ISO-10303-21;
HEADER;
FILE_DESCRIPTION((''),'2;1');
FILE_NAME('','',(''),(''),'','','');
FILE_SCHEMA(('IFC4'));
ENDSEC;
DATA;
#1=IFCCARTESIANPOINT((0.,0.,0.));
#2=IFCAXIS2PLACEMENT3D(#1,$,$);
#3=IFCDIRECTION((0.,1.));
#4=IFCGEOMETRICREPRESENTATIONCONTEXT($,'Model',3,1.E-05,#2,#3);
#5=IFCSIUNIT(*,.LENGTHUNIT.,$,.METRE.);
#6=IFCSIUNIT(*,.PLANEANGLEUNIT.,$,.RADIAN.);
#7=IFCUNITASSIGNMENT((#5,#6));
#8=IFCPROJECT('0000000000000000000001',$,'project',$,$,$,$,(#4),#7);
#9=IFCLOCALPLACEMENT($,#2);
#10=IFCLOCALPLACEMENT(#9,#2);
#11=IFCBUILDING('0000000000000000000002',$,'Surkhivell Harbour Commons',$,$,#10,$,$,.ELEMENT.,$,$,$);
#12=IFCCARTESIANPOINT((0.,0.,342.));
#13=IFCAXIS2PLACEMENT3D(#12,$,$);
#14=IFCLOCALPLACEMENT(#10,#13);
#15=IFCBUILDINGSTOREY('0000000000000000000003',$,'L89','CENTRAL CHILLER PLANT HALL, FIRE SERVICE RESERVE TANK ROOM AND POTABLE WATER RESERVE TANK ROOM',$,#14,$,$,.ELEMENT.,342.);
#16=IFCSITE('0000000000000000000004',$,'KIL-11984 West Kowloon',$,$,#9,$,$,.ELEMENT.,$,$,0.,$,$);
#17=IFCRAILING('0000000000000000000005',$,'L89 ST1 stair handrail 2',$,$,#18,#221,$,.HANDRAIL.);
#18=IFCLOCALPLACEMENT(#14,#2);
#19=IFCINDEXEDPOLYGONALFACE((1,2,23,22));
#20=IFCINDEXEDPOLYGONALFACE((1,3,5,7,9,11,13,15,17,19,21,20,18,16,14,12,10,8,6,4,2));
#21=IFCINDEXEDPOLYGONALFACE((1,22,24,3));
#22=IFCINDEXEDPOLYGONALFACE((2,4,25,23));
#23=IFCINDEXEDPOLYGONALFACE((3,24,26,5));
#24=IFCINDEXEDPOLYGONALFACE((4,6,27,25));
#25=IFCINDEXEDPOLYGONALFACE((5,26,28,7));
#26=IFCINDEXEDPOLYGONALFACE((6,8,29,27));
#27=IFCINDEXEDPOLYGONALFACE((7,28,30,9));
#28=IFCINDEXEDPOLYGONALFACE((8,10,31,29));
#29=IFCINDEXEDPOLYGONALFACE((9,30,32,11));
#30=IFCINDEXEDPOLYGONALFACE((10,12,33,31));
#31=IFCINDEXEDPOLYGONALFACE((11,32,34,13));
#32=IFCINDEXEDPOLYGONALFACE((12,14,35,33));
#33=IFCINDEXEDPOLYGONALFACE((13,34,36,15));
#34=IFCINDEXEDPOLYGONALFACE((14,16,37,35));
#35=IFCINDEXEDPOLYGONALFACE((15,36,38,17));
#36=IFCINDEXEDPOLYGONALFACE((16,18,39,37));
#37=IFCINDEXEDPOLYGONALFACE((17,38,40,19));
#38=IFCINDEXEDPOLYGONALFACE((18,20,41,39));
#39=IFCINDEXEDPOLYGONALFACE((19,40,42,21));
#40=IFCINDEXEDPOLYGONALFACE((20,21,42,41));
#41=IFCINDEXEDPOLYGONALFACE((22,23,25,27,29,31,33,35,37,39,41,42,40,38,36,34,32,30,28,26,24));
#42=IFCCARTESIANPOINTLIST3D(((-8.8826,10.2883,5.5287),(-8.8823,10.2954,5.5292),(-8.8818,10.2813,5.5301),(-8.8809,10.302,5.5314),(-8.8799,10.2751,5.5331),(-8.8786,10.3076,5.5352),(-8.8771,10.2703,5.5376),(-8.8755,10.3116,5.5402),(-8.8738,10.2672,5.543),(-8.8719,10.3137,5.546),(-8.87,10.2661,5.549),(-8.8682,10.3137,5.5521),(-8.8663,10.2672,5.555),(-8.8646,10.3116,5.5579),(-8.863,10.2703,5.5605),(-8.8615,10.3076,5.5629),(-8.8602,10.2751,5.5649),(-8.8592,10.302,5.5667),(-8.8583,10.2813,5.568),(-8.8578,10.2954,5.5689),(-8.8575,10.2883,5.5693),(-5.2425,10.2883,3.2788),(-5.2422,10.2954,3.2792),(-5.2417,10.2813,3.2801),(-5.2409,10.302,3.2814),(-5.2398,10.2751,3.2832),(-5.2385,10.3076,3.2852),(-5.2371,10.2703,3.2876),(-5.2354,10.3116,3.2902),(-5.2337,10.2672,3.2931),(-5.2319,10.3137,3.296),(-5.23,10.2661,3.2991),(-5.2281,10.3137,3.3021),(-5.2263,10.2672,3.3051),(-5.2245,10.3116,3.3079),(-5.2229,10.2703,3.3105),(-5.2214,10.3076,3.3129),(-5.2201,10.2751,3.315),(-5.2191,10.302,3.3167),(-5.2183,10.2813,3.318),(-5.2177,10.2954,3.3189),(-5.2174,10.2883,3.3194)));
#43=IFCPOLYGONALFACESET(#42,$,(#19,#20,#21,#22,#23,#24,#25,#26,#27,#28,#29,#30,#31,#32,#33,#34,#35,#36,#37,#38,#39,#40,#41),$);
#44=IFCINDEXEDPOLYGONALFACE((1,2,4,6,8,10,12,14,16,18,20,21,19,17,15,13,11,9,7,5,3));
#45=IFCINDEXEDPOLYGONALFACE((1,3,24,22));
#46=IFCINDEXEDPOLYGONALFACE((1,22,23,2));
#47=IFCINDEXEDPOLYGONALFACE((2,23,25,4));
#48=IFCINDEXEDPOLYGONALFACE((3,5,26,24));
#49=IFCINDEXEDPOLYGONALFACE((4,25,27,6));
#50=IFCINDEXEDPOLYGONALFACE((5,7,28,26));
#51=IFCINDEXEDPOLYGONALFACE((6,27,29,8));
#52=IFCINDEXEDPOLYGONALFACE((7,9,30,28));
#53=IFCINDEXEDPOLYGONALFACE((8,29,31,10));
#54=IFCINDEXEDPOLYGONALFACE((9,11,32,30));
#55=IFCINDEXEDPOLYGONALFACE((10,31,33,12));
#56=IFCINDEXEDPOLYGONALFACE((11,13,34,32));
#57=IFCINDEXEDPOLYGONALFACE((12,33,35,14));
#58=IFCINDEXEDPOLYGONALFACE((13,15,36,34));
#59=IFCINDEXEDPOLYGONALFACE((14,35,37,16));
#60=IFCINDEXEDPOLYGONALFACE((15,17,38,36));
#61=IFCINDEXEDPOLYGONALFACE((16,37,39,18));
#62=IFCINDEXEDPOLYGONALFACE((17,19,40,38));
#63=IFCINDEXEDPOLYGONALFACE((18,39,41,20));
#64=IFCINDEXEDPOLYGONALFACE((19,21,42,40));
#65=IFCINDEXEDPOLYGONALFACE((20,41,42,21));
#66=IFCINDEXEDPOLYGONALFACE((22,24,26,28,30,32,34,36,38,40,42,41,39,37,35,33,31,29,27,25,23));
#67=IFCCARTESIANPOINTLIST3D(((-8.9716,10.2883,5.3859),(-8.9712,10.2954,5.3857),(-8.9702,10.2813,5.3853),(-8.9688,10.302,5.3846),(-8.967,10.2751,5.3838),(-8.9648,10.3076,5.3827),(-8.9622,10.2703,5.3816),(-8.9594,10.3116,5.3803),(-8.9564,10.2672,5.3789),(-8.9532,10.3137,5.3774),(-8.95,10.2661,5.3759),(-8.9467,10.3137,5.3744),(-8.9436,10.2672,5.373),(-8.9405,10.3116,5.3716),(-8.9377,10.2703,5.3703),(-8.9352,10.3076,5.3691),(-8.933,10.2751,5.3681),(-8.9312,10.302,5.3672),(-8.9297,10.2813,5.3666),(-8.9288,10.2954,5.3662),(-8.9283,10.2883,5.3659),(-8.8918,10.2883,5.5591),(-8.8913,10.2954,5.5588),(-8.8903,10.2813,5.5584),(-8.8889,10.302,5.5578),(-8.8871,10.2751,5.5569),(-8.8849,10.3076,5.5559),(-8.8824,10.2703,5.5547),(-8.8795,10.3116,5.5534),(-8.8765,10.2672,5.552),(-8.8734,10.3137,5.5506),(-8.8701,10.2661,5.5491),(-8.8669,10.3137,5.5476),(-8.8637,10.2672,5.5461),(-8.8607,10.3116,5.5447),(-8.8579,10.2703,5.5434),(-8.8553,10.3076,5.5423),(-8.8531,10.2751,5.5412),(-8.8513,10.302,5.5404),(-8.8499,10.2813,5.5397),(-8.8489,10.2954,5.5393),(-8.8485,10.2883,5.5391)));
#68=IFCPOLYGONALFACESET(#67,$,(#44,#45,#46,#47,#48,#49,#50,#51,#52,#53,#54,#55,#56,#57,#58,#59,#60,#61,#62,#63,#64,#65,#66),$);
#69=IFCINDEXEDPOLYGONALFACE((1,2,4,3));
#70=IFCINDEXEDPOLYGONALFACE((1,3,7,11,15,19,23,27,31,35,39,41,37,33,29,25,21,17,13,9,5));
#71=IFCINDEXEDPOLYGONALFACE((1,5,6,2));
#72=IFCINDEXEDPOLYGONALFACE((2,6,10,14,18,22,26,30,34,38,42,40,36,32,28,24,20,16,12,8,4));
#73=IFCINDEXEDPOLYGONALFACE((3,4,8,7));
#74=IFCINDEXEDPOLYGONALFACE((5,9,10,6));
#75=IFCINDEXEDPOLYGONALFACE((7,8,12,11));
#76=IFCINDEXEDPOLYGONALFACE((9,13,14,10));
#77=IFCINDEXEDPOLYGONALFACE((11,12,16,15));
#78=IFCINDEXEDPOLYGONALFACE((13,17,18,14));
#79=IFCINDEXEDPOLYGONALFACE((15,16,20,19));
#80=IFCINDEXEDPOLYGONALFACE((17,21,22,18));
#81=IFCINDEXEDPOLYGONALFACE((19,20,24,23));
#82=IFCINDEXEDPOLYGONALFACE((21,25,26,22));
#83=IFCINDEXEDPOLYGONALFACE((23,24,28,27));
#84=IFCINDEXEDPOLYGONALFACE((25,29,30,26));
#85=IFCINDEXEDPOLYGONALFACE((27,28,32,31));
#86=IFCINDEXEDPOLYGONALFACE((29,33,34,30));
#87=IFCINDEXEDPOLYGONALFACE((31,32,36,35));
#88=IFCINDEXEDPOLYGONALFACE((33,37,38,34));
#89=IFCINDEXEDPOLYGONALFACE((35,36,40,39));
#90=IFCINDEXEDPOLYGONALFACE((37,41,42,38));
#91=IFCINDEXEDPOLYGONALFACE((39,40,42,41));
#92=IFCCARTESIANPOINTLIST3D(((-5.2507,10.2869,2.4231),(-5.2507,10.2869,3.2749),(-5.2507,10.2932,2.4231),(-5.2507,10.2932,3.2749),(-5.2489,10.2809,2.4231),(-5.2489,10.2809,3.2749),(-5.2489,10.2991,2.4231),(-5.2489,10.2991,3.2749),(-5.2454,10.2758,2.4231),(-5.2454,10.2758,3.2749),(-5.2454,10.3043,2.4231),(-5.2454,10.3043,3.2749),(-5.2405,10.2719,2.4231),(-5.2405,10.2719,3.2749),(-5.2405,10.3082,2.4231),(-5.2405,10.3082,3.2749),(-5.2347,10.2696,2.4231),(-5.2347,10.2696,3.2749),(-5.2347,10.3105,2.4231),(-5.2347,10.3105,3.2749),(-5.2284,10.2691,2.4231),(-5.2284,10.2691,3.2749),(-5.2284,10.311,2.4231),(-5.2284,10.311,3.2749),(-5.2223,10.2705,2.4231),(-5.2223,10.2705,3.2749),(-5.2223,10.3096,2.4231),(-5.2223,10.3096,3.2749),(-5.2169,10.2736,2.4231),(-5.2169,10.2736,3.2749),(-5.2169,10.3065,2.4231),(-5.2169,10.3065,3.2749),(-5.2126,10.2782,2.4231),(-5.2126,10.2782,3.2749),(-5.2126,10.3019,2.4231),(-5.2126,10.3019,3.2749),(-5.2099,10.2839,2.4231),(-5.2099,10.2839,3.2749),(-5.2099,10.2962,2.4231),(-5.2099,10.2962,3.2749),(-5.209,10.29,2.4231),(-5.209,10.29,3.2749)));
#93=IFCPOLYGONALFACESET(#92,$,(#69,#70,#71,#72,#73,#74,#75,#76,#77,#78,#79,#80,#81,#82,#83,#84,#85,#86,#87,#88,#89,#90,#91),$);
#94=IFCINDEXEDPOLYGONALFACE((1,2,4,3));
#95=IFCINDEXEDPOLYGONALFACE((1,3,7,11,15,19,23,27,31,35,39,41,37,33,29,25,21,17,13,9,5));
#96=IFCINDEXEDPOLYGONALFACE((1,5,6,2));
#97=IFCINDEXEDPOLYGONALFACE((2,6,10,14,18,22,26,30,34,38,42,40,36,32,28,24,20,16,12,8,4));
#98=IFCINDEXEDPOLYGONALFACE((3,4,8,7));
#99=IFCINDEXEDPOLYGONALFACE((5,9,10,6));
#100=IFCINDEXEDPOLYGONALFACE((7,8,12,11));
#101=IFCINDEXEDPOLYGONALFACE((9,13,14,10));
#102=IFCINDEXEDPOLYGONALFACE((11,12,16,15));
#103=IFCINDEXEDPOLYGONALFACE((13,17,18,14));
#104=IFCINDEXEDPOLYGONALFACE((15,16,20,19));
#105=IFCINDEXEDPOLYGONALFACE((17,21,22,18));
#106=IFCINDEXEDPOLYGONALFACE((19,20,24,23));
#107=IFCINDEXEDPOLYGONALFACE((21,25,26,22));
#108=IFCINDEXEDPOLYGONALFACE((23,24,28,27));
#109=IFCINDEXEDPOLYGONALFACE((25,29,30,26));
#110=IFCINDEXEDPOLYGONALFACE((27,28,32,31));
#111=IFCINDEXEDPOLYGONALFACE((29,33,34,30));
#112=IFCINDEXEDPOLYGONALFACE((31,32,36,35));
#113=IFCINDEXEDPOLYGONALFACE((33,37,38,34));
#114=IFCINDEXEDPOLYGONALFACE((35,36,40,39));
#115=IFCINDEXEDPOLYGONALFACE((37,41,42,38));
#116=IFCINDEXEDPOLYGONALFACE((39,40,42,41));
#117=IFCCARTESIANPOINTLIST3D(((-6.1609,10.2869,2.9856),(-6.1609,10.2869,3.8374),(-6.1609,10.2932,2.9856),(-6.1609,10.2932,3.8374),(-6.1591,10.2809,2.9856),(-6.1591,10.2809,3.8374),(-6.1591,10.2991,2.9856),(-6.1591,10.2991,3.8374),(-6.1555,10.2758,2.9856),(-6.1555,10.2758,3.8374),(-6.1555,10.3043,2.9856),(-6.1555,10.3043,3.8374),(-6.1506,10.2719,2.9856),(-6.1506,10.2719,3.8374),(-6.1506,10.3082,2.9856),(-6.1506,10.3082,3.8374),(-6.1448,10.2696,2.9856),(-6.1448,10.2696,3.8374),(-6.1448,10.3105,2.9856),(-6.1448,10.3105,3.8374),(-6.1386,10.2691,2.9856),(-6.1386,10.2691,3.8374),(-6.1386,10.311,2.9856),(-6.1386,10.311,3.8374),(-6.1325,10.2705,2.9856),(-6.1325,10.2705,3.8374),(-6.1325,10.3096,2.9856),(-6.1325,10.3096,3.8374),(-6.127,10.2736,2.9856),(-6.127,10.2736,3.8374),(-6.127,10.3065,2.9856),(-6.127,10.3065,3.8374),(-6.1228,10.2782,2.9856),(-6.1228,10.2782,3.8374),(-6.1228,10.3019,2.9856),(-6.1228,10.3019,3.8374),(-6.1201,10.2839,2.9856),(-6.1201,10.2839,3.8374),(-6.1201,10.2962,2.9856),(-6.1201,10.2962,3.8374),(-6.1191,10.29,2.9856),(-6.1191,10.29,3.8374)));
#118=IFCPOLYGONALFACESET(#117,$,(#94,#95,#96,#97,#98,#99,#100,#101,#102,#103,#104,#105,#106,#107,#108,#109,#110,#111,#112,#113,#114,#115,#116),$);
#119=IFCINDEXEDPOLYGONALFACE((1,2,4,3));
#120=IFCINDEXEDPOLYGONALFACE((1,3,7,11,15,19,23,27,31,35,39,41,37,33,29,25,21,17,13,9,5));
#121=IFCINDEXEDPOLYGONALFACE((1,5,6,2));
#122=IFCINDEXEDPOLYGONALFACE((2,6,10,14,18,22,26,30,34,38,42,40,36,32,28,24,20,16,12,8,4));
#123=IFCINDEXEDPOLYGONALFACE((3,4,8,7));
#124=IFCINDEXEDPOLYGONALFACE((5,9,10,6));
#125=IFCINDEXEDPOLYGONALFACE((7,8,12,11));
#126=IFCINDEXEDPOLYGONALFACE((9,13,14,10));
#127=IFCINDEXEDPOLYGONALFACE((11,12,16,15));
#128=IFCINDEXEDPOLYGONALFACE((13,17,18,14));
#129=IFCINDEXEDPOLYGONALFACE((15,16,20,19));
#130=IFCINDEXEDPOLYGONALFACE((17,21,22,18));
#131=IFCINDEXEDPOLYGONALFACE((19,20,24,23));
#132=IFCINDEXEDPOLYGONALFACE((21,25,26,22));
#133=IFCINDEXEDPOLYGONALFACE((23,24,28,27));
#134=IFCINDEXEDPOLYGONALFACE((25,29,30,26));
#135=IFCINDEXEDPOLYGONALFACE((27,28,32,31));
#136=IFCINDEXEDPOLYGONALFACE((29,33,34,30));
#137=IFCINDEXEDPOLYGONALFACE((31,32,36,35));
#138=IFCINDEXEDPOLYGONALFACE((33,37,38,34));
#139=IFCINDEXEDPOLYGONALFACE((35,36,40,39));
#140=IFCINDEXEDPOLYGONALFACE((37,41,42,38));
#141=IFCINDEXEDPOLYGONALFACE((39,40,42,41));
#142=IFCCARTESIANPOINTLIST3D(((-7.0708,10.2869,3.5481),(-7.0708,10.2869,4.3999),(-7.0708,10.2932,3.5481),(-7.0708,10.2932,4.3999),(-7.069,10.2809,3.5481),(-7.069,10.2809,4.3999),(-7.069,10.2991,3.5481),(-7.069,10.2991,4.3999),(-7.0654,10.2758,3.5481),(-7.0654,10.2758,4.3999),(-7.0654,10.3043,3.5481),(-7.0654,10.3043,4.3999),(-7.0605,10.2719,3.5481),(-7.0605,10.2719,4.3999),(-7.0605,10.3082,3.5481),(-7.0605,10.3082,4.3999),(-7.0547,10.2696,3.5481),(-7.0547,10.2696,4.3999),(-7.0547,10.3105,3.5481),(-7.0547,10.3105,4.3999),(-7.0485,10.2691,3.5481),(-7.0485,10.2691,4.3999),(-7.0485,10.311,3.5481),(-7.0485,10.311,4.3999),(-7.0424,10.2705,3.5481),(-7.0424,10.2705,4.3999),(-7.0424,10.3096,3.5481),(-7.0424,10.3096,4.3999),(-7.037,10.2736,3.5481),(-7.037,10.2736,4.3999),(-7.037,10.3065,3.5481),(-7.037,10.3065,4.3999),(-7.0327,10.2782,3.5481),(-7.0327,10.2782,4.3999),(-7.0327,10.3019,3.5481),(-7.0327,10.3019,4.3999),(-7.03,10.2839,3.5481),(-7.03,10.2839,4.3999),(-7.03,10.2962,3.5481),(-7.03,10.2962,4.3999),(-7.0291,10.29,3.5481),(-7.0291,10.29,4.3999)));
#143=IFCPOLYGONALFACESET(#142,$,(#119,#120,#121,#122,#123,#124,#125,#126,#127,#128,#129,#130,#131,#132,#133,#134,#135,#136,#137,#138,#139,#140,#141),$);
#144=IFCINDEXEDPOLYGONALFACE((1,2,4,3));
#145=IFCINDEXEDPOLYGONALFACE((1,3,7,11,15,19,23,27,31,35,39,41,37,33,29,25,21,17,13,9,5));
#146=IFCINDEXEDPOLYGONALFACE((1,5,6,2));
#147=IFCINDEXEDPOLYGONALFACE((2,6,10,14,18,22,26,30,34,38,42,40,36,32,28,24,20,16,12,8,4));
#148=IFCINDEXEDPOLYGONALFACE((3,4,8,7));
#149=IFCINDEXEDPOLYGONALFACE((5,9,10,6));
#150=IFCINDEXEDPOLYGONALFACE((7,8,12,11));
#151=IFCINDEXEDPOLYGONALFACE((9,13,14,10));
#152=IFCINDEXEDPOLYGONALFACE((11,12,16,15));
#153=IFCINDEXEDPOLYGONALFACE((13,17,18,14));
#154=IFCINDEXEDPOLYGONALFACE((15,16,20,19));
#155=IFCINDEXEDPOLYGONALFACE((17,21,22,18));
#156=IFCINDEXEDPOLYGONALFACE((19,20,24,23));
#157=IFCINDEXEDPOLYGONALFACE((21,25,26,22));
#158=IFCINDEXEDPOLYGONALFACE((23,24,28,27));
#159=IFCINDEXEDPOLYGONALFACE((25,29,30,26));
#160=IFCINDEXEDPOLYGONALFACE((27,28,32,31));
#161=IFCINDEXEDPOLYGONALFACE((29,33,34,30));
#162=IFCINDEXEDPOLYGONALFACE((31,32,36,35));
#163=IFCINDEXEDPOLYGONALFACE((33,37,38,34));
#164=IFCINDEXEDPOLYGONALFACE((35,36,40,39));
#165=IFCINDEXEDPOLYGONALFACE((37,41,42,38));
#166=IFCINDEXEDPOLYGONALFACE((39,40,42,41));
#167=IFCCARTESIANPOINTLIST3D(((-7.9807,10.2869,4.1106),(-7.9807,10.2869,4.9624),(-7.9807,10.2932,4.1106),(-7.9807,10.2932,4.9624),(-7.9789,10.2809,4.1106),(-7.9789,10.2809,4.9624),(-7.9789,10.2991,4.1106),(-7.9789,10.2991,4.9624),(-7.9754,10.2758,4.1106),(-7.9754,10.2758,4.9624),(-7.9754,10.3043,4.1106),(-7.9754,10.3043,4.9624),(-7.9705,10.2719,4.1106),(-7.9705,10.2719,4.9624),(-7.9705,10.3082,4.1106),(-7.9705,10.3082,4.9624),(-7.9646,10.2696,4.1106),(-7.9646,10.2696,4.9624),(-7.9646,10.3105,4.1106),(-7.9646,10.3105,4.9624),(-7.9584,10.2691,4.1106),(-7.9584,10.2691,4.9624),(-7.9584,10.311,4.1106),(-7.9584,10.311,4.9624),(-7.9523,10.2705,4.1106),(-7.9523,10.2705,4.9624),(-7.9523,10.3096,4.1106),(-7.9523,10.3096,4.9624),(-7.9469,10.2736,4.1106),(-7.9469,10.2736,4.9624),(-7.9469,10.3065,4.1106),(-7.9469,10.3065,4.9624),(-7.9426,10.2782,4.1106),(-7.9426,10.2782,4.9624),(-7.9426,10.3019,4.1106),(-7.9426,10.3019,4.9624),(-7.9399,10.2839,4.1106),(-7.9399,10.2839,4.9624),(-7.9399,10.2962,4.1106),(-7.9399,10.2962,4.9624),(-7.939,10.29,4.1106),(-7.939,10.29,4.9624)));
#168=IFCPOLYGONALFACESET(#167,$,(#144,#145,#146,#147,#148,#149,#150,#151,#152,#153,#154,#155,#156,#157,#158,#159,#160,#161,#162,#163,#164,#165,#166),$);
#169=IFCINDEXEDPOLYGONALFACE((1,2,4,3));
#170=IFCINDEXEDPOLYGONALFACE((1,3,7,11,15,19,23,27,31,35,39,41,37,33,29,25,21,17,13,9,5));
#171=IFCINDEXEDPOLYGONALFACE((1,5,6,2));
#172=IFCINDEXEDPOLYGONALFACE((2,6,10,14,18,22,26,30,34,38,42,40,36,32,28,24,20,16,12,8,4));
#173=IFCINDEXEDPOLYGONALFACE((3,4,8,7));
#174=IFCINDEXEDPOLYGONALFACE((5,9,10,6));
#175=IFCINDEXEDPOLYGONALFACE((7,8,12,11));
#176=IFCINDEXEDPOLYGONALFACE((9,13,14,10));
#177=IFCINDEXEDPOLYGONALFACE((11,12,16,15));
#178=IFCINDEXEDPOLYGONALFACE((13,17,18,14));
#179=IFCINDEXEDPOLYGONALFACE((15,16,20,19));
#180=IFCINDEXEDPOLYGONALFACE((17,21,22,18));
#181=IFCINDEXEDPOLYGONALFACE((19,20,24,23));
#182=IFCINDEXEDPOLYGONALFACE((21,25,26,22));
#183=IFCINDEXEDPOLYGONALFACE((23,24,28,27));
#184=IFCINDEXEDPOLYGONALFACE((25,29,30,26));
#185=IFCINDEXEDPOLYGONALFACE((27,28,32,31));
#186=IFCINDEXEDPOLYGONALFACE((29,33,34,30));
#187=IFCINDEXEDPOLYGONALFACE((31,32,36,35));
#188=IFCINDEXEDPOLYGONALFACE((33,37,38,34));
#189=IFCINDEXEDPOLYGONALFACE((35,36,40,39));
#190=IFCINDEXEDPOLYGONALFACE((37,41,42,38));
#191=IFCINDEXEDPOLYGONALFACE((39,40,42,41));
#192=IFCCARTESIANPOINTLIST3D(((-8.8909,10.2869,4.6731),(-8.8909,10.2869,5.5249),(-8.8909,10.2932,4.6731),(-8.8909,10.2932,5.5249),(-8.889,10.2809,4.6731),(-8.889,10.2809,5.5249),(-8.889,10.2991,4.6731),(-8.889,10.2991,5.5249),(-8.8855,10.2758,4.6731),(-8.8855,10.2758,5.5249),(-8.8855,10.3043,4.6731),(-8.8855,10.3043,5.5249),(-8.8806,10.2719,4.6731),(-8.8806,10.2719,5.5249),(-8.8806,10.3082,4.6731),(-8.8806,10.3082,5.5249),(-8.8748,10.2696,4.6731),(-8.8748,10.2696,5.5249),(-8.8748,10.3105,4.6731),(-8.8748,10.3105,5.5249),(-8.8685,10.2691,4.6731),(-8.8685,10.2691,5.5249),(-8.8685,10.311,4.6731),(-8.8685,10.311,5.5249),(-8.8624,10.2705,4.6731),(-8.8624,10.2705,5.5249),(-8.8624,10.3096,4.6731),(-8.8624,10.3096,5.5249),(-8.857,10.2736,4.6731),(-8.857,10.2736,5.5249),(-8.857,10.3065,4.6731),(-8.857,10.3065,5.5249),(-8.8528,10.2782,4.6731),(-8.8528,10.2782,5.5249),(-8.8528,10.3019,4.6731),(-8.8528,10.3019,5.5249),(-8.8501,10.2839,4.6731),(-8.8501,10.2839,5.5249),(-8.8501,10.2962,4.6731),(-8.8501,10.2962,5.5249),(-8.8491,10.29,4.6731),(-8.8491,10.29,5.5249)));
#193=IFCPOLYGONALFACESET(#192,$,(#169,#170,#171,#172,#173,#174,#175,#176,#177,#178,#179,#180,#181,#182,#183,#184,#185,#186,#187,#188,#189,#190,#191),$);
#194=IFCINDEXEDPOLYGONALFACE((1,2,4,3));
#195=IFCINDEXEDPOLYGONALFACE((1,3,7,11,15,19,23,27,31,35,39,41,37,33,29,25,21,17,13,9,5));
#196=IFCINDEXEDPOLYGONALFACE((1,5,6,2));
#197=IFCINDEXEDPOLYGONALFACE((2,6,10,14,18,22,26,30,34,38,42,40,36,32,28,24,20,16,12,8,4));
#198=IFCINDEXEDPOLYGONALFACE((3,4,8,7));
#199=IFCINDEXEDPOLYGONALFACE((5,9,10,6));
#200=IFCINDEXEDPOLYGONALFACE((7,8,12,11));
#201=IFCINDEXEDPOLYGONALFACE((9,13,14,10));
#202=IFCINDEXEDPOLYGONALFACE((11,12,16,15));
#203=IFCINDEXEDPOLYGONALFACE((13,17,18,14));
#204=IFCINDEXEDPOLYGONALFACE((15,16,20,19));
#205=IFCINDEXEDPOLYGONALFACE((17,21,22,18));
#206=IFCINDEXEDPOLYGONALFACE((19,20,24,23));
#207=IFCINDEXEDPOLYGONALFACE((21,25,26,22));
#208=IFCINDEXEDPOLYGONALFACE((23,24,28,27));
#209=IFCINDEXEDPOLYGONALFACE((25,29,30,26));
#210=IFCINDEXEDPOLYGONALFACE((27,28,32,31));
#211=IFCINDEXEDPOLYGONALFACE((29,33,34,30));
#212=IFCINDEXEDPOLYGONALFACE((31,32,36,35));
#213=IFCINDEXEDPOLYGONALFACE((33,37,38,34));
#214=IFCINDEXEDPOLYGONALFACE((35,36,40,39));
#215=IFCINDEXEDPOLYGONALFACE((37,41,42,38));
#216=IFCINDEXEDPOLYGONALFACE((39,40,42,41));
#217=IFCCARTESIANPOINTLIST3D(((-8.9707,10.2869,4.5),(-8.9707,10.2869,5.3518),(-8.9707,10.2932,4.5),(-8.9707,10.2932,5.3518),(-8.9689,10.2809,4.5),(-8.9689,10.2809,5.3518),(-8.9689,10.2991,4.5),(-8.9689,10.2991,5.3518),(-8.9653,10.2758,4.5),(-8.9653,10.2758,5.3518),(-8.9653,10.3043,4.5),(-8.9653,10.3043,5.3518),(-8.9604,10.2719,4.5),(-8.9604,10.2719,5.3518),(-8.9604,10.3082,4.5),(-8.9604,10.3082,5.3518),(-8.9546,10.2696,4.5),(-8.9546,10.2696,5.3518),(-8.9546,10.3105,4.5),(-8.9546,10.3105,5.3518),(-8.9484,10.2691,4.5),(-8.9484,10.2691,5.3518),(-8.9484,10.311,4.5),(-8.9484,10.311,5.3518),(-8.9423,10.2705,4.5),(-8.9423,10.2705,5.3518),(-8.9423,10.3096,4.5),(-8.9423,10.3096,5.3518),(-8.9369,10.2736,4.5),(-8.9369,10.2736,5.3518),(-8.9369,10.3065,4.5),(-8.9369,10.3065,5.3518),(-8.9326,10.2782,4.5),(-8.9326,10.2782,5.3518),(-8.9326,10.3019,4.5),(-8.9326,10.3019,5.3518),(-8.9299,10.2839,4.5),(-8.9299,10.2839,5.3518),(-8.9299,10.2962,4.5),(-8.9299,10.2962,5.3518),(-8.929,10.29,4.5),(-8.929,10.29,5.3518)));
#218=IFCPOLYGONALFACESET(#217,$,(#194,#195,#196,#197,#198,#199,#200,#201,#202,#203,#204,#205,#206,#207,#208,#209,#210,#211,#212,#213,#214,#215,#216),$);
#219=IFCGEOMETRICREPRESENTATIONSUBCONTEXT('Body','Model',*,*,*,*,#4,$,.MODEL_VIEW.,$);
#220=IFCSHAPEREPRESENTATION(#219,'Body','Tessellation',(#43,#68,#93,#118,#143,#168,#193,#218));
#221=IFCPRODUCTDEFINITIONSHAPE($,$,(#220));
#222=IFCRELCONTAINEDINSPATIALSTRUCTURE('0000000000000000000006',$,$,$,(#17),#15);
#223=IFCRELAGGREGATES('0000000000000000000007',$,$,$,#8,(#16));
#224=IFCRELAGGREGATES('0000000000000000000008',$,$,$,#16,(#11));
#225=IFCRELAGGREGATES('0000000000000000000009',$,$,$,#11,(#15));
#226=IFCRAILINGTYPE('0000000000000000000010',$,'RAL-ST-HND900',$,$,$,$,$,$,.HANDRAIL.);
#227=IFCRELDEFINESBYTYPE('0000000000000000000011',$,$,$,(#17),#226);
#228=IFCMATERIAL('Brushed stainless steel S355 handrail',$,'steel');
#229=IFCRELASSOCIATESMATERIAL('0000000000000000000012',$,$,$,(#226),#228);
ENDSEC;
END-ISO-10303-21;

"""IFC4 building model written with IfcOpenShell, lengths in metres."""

from ifc_helpers import new_model, si_unit, direction, frame, origin, origin_2d, place, context, subcontext, project, spatial, circle, extrude, material, type_object, element, save


model = new_model("IFC4")

# Units and contexts
model_context = context("Model", 3, precision=1e-05, world=origin(), true_north=direction((0.0, 1.0)))
body_context = subcontext(model_context, "Body", "Model", "MODEL_VIEW")
ifc_project = project(units=[si_unit("LENGTHUNIT", "METRE"), si_unit("PLANEANGLEUNIT", "RADIAN")], contexts=[model_context])

# Site, building, storey
site_placement = place(None, origin())
site = spatial("IfcSite", under=ifc_project, at=site_placement, Name="KIL-11984 West Kowloon", CompositionType="ELEMENT", RefElevation=0.0)
building_placement = place(site_placement, origin())
building = spatial("IfcBuilding", under=site, at=building_placement, Name="Surkhivell Harbour Commons", CompositionType="ELEMENT")
storey_placement = place(building_placement, frame((0.0, 0.0, 342.0)))
storey = spatial("IfcBuildingStorey", under=building, at=storey_placement, Name="L89", Description="CENTRAL CHILLER PLANT HALL, FIRE SERVICE RESERVE TANK ROOM AND POTABLE WATER RESERVE TANK ROOM", CompositionType="ELEMENT", Elevation=342.0)

# Railing
ifc_material_1 = material(Name="Brushed stainless steel S355 handrail", Category="steel")
railing_type_1 = type_object("IfcRailingType", Name="RAL-ST-HND900", PredefinedType="HANDRAIL", material=ifc_material_1)
railing_1_placement = place(storey_placement, frame((-5.23, 10.29, 2.4231)))
element("IfcRailing", 1, at=railing_1_placement, inside=storey, type_object=railing_type_1, Name="L89 ST1 stair handrail 2", PredefinedType="HANDRAIL", context=body_context, shape_type="SweptSolid", body=[
    extrude(circle(Radius=0.0239, at=origin_2d()), frame((0.0, 0.0, 0.876), z_axis=(-0.850622, 0.0, 0.525777), x_axis=(0.0, -1.0, 0.0)), (0.0, 0.0, 1.0), 4.2793),
    extrude(circle(Radius=0.0239, at=origin_2d()), frame((-3.6401, 0.0, 3.126), z_axis=(-0.418815, 0.0, -0.908072), x_axis=(0.0, -1.0, 0.0)), (0.0, 0.0, 1.0), 0.1907),
    extrude(circle(Radius=0.021, at=origin_2d()), origin(), (0.0, 0.0, 1.0), 0.8518),
    extrude(circle(Radius=0.021, at=origin_2d()), frame((-0.9102, 0.0, 0.5625)), (0.0, 0.0, 1.0), 0.8518),
    extrude(circle(Radius=0.021, at=origin_2d()), frame((-1.8201, 0.0, 1.125)), (0.0, 0.0, 1.0), 0.8518),
    extrude(circle(Radius=0.021, at=origin_2d()), frame((-2.73, 0.0, 1.6875)), (0.0, 0.0, 1.0), 0.8518),
    extrude(circle(Radius=0.021, at=origin_2d()), frame((-3.6401, 0.0, 2.25)), (0.0, 0.0, 1.0), 0.8518),
    extrude(circle(Radius=0.021, at=origin_2d()), frame((-3.72, 0.0, 2.0769)), (0.0, 0.0, 1.0), 0.8518),
])

save(model, "model.ifc")
